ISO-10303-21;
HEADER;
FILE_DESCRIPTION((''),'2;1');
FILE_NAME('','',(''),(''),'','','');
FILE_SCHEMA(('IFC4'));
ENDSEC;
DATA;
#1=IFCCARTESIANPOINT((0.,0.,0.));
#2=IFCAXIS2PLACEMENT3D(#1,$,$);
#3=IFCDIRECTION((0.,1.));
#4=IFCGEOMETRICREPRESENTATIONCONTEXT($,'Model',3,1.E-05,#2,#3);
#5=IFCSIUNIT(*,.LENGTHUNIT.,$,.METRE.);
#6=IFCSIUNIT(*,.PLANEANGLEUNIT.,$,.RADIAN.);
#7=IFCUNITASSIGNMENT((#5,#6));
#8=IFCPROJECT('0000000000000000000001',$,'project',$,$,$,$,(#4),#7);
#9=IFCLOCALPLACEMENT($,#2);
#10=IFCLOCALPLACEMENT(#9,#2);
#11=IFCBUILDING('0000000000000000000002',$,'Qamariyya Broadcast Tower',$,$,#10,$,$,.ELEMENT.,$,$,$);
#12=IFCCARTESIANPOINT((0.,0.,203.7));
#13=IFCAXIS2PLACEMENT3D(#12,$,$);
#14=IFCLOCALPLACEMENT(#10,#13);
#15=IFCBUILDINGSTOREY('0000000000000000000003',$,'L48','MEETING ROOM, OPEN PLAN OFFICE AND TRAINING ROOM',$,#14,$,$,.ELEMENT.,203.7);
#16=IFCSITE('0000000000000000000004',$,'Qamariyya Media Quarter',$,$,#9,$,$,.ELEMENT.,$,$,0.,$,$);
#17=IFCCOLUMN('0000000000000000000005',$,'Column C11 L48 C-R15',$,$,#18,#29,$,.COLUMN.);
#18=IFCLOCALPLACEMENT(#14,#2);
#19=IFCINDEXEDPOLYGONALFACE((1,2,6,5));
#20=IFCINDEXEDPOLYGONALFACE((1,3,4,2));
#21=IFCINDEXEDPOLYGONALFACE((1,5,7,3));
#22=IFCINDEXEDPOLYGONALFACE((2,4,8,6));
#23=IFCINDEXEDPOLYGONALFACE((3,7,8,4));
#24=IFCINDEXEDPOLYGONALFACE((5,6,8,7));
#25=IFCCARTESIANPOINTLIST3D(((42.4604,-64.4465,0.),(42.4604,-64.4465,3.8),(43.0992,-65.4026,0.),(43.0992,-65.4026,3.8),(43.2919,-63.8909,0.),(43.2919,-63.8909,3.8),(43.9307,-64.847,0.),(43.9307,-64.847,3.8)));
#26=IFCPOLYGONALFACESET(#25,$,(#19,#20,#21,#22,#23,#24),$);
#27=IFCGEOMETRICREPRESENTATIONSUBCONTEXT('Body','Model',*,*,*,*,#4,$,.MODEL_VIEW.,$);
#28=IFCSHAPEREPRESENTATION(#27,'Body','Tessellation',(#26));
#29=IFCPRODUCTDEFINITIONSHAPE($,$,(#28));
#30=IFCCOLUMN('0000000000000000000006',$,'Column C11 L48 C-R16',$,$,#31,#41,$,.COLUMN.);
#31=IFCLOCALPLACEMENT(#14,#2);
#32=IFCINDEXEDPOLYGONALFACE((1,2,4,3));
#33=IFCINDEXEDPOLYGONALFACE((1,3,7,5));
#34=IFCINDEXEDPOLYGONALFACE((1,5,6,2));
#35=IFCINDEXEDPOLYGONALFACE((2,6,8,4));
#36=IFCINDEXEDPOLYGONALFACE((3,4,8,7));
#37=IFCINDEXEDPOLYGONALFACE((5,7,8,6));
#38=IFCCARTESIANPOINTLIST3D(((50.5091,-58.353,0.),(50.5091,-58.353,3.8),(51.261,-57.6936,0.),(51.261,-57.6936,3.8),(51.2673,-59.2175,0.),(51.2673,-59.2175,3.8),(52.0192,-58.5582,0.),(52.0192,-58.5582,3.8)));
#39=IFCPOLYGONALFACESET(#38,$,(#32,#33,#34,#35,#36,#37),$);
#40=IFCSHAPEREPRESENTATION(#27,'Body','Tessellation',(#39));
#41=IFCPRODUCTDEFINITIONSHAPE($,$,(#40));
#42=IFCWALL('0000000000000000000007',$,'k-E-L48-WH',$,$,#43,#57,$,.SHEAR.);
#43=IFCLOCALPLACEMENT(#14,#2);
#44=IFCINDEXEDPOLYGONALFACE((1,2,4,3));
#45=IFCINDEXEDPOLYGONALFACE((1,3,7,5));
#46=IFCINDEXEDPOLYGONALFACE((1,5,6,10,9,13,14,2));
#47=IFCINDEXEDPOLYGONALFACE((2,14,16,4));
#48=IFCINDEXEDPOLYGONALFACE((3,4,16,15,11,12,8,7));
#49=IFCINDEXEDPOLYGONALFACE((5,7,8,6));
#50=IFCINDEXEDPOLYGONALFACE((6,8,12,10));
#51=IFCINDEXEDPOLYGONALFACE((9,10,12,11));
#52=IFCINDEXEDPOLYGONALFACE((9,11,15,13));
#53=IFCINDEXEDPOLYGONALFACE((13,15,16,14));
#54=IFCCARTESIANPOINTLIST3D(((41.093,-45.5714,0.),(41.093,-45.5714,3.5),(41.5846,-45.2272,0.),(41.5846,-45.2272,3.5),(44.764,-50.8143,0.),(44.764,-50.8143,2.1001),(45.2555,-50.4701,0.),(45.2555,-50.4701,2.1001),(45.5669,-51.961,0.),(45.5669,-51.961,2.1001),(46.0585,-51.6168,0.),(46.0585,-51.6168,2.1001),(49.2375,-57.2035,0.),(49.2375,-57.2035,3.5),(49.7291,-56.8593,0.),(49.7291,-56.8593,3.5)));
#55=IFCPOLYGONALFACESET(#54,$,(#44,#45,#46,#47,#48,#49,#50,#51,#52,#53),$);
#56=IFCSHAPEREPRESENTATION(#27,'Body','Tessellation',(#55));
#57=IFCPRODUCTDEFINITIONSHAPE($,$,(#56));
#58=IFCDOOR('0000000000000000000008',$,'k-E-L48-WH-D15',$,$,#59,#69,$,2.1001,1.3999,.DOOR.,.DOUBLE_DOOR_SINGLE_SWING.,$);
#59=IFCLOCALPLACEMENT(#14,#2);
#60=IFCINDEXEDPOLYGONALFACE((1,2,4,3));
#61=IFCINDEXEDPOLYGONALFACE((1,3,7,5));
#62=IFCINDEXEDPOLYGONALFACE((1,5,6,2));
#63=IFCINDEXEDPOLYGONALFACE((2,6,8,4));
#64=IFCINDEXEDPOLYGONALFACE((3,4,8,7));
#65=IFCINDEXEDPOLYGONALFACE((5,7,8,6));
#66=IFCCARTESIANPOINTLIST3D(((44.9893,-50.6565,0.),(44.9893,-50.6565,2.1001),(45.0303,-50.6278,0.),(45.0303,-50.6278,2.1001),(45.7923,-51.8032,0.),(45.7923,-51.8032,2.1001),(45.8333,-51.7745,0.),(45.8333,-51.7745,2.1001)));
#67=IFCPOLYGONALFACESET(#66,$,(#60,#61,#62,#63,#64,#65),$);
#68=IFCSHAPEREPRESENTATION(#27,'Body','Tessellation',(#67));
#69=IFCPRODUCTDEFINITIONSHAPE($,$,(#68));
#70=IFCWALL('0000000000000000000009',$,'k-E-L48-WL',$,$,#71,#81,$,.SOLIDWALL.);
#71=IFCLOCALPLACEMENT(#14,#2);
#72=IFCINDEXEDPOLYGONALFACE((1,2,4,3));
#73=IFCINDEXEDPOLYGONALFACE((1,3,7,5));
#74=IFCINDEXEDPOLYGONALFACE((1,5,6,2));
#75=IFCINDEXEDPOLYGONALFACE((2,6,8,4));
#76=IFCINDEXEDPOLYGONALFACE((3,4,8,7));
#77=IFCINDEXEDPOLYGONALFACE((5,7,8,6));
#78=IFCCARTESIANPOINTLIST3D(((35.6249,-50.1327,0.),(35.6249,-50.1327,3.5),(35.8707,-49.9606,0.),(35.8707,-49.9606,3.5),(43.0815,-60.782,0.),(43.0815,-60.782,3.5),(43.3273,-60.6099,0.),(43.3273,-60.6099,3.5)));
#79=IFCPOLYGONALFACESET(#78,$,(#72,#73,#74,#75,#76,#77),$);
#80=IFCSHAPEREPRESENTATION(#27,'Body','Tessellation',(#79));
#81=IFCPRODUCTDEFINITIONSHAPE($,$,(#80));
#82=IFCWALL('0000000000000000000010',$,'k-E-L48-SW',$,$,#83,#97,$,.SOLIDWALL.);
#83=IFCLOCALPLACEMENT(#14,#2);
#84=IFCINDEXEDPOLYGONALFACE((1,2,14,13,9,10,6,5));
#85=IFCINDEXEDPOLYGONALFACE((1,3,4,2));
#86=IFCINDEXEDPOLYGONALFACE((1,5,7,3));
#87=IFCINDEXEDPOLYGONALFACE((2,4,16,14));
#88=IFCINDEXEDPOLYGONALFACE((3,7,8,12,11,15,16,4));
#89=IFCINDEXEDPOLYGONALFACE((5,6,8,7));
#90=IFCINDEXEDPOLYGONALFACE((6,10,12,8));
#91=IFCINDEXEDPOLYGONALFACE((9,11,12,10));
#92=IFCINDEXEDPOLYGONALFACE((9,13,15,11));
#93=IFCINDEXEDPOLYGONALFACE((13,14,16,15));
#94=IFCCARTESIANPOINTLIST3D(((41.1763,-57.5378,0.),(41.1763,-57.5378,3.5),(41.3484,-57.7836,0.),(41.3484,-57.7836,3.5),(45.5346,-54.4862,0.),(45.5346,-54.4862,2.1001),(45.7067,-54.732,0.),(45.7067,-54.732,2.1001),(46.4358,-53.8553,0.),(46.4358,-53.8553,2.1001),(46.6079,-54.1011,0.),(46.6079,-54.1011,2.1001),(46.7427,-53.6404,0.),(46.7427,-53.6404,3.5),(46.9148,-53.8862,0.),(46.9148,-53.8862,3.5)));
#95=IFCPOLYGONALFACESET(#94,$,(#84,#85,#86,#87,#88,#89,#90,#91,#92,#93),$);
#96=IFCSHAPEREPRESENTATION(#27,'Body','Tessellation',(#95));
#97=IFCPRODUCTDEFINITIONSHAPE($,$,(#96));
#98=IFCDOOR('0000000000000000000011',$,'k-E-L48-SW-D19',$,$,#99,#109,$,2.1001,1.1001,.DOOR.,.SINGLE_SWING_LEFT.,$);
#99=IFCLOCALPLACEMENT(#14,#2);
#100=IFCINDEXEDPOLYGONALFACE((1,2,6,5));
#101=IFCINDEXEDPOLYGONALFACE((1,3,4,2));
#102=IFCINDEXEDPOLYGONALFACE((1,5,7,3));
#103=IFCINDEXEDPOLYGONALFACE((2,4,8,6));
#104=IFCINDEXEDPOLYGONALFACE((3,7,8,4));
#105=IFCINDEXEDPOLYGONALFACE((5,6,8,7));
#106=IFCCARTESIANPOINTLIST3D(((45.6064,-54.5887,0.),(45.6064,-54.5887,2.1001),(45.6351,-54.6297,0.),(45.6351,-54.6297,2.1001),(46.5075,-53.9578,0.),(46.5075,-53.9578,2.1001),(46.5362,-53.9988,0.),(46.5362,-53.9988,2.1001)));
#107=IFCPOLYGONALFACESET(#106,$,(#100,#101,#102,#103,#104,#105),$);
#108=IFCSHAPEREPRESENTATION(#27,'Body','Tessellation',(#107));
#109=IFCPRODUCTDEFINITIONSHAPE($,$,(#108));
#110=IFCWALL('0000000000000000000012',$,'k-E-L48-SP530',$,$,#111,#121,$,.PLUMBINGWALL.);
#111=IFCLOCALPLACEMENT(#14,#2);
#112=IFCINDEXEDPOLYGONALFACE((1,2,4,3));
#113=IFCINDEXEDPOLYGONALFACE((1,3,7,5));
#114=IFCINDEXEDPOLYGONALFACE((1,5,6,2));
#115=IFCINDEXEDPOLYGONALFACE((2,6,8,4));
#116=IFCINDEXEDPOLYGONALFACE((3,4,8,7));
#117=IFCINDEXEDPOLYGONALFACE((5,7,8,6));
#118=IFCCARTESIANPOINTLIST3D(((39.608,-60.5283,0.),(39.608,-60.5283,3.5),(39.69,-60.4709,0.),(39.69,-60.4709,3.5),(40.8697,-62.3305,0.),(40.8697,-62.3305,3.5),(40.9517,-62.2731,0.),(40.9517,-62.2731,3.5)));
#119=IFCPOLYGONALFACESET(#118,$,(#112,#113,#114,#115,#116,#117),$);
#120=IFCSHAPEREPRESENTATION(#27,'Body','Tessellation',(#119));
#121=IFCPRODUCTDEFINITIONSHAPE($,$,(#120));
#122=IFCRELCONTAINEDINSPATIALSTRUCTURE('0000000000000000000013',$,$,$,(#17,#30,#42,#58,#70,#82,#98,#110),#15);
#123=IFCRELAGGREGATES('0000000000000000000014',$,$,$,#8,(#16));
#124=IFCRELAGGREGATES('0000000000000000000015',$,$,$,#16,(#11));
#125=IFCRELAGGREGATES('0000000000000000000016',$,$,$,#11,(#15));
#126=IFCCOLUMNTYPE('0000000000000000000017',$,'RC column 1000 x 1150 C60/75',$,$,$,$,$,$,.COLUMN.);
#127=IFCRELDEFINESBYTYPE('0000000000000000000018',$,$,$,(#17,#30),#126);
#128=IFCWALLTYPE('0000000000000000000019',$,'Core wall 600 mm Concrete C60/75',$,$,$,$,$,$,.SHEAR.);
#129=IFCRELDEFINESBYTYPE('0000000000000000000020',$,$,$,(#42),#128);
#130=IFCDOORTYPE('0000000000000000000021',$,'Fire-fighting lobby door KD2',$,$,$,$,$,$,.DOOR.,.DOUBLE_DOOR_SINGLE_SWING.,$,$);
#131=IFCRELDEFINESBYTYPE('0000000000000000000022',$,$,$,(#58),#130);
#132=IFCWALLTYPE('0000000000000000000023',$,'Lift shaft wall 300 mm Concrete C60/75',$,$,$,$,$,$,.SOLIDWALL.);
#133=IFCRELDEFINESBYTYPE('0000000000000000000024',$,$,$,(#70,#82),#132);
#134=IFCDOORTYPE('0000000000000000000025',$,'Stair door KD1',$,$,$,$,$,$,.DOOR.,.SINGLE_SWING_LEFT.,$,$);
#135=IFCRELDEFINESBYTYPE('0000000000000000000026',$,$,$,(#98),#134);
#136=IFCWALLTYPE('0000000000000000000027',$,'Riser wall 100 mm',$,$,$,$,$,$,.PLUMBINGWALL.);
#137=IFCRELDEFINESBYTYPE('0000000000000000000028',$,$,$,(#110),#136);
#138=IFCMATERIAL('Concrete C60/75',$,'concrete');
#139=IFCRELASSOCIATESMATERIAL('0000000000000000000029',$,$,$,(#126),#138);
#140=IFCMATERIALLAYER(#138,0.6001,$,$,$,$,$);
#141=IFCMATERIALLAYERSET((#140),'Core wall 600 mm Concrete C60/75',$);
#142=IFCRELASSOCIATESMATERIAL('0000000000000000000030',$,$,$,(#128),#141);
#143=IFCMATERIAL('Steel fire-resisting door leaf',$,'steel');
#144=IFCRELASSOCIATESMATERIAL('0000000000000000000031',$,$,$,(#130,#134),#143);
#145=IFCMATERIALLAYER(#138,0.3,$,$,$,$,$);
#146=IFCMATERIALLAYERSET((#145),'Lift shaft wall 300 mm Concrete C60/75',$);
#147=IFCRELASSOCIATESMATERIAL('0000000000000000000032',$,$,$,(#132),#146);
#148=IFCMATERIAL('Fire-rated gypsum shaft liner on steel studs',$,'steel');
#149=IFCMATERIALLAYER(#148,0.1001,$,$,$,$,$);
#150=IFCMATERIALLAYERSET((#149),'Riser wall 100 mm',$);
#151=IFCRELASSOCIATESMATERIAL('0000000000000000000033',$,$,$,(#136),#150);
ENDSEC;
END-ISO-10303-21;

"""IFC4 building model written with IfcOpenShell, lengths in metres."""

from ifc_helpers import new_model, si_unit, direction, frame, frame_2d, origin, origin_2d, place, context, subcontext, project, spatial, rectangle, extrude, material, layer, layer_set, material_profile, profile_set, type_object, element, fill, save


model = new_model("IFC4")

# Units and contexts
model_context = context("Model", 3, precision=1e-05, world=origin(), true_north=direction((0.0, 1.0)))
body_context = subcontext(model_context, "Body", "Model", "MODEL_VIEW")
ifc_project = project(units=[si_unit("LENGTHUNIT", "METRE"), si_unit("PLANEANGLEUNIT", "RADIAN")], contexts=[model_context])

# Site, building, storey
site_placement = place(None, origin())
site = spatial("IfcSite", under=ifc_project, at=site_placement, Name="Qamariyya Media Quarter", CompositionType="ELEMENT", RefElevation=0.0)
building_placement = place(site_placement, origin())
building = spatial("IfcBuilding", under=site, at=building_placement, Name="Qamariyya Broadcast Tower", CompositionType="ELEMENT")
storey_placement = place(building_placement, frame((0.0, 0.0, 203.7)))
storey = spatial("IfcBuildingStorey", under=building, at=storey_placement, Name="L48", Description="MEETING ROOM, OPEN PLAN OFFICE AND TRAINING ROOM", CompositionType="ELEMENT", Elevation=203.7)

# Columns
ifc_material_1 = material(Name="Concrete C60/75", Category="concrete")
ifc_material_profile_1 = material_profile(ifc_material_1, rectangle(XDim=1.0, YDim=1.1499, at=origin_2d()))
ifc_profile_set_1 = profile_set([ifc_material_profile_1], Name="Concrete C60/75")
column_type = type_object("IfcColumnType", Name="RC column 1000 x 1150 C60/75", PredefinedType="COLUMN", material=ifc_profile_set_1)
for number, where, z_axis, x_axis, name in (
    (1, (43.1956, -64.6467, 0.0), (0.0, 0.0, 1.0), (0.83147, 0.55557, 0.0), "Column C11 L48 C-R15"),
    (2, (51.2642, -58.4556, 0.0), (0.0, 0.0, 1.0), (0.75184, 0.659346, 0.0), "Column C11 L48 C-R16"),
):
    element("IfcColumn", number, at=place(storey_placement, frame(where, z_axis=z_axis, x_axis=x_axis)), inside=storey, type_object=column_type, Name=name, PredefinedType="COLUMN", context=body_context, shape_type="SweptSolid", body=[
        extrude(rectangle(XDim=1.0, YDim=1.1499, at=origin_2d()), origin(), (0.0, 0.0, 1.0), 3.8),
    ])

# Wall, opening, door
ifc_layer_1 = layer(ifc_material_1, 0.6001)
ifc_layer_set_1 = layer_set([ifc_layer_1], Name="Core wall 600 mm Concrete C60/75")
wall_type_1 = type_object("IfcWallType", Name="Core wall 600 mm Concrete C60/75", PredefinedType="SHEAR", material=ifc_layer_set_1)
wall_1_placement = place(storey_placement, frame((49.4834, -57.0315, 0.0), z_axis=(0.0, 0.0, 1.0), x_axis=(-0.57356, 0.819163, 0.0)))
wall_1 = element("IfcWall", 3, at=wall_1_placement, inside=storey, type_object=wall_type_1, Name="k-E-L48-WH", PredefinedType="SHEAR", context=body_context, shape_type="SweptSolid", body=[
    extrude(rectangle(XDim=14.2, YDim=0.6001, at=frame_2d((7.1001, 0.0))), origin(), (0.0, 0.0, 1.0), 3.5),
])
opening_1_placement = place(wall_1_placement, frame((6.3999, 0.0, 0.0)))
opening_1 = element("IfcOpeningElement", 4, at=opening_1_placement, cuts=wall_1, PredefinedType="OPENING", context=body_context, shape_type="SweptSolid", body=[
    extrude(rectangle(XDim=1.3999, YDim=2.1001, at=frame_2d((0.7, 1.05))), frame((0.0, 0.3101, 0.0), z_axis=(0.0, -1.0, 0.0), x_axis=(1.0, 0.0, 0.0)), (0.0, 0.0, 1.0), 0.6201),
])
ifc_material_2 = material(Name="Steel fire-resisting door leaf", Category="steel")
door_type_1 = type_object("IfcDoorType", Name="Fire-fighting lobby door KD2", OperationType="DOUBLE_DOOR_SINGLE_SWING", PredefinedType="DOOR", material=ifc_material_2)
door_1_placement = place(opening_1_placement, origin())
door_1 = element("IfcDoor", 5, at=door_1_placement, inside=storey, type_object=door_type_1, Name="k-E-L48-WH-D15", OperationType="DOUBLE_DOOR_SINGLE_SWING", OverallHeight=2.1001, OverallWidth=1.3999, PredefinedType="DOOR", context=body_context, shape_type="SweptSolid", body=[
    extrude(rectangle(XDim=1.3999, YDim=2.1001, at=frame_2d((0.7, 1.05))), frame((0.0, 0.0249, 0.0), z_axis=(0.0, -1.0, 0.0), x_axis=(1.0, 0.0, 0.0)), (0.0, 0.0, 1.0), 0.05),
])
fill(opening_1, door_1)

# Wall
ifc_layer_2 = layer(ifc_material_1, 0.3)
ifc_layer_set_2 = layer_set([ifc_layer_2], Name="Lift shaft wall 300 mm Concrete C60/75")
wall_type_2 = type_object("IfcWallType", Name="Lift shaft wall 300 mm Concrete C60/75", PredefinedType="SOLIDWALL", material=ifc_layer_set_2)
wall_2_placement = place(storey_placement, frame((43.2043, -60.6958, 0.0), z_axis=(0.0, 0.0, 1.0), x_axis=(-0.573572, 0.819155, 0.0)))
element("IfcWall", 6, at=wall_2_placement, inside=storey, type_object=wall_type_2, Name="k-E-L48-WL", PredefinedType="SOLIDWALL", context=body_context, shape_type="SweptSolid", body=[
    extrude(rectangle(XDim=13.0002, YDim=0.3, at=frame_2d((6.5, 0.0))), origin(), (0.0, 0.0, 1.0), 3.5),
])

# Wall, opening, door
wall_3_placement = place(storey_placement, frame((41.2625, -57.6606, 0.0), z_axis=(0.0, 0.0, 1.0), x_axis=(0.819164, 0.573559, 0.0)))
wall_3 = element("IfcWall", 7, at=wall_3_placement, inside=storey, type_object=wall_type_2, Name="k-E-L48-SW", PredefinedType="SOLIDWALL", context=body_context, shape_type="SweptSolid", body=[
    extrude(rectangle(XDim=6.7952, YDim=0.3, at=frame_2d((3.3975, 0.0))), origin(), (0.0, 0.0, 1.0), 3.5),
])
opening_2_placement = place(wall_3_placement, frame((5.3203, 0.0, 0.0)))
opening_2 = element("IfcOpeningElement", 8, at=opening_2_placement, cuts=wall_3, PredefinedType="OPENING", context=body_context, shape_type="SweptSolid", body=[
    extrude(rectangle(XDim=1.1001, YDim=2.1001, at=frame_2d((0.55, 1.05))), frame((0.0, 0.1599, 0.0), z_axis=(0.0, -1.0, 0.0), x_axis=(1.0, 0.0, 0.0)), (0.0, 0.0, 1.0), 0.3201),
])
door_type_2 = type_object("IfcDoorType", Name="Stair door KD1", OperationType="SINGLE_SWING_LEFT", PredefinedType="DOOR", material=ifc_material_2)
door_2_placement = place(opening_2_placement, origin())
door_2 = element("IfcDoor", 9, at=door_2_placement, inside=storey, type_object=door_type_2, Name="k-E-L48-SW-D19", OperationType="SINGLE_SWING_LEFT", OverallHeight=2.1001, OverallWidth=1.1001, PredefinedType="DOOR", context=body_context, shape_type="SweptSolid", body=[
    extrude(rectangle(XDim=1.1001, YDim=2.1001, at=frame_2d((0.55, 1.05))), frame((0.0, 0.0249, 0.0), z_axis=(0.0, -1.0, 0.0), x_axis=(1.0, 0.0, 0.0)), (0.0, 0.0, 1.0), 0.05),
])
fill(opening_2, door_2)

# Wall
ifc_material_3 = material(Name="Fire-rated gypsum shaft liner on steel studs", Category="steel")
ifc_layer_3 = layer(ifc_material_3, 0.1001)
ifc_layer_set_3 = layer_set([ifc_layer_3], Name="Riser wall 100 mm")
wall_type_3 = type_object("IfcWallType", Name="Riser wall 100 mm", PredefinedType="PLUMBINGWALL", material=ifc_layer_set_3)
wall_4_placement = place(storey_placement, frame((39.6489, -60.4995, 0.0), z_axis=(0.0, 0.0, 1.0), x_axis=(0.573507, -0.819201, 0.0)))
element("IfcWall", 10, at=wall_4_placement, inside=storey, type_object=wall_type_3, Name="k-E-L48-SP530", PredefinedType="PLUMBINGWALL", context=body_context, shape_type="SweptSolid", body=[
    extrude(rectangle(XDim=2.2, YDim=0.1001, at=frame_2d((1.1001, 0.0))), origin(), (0.0, 0.0, 1.0), 3.5),
])

save(model, "model.ifc")
